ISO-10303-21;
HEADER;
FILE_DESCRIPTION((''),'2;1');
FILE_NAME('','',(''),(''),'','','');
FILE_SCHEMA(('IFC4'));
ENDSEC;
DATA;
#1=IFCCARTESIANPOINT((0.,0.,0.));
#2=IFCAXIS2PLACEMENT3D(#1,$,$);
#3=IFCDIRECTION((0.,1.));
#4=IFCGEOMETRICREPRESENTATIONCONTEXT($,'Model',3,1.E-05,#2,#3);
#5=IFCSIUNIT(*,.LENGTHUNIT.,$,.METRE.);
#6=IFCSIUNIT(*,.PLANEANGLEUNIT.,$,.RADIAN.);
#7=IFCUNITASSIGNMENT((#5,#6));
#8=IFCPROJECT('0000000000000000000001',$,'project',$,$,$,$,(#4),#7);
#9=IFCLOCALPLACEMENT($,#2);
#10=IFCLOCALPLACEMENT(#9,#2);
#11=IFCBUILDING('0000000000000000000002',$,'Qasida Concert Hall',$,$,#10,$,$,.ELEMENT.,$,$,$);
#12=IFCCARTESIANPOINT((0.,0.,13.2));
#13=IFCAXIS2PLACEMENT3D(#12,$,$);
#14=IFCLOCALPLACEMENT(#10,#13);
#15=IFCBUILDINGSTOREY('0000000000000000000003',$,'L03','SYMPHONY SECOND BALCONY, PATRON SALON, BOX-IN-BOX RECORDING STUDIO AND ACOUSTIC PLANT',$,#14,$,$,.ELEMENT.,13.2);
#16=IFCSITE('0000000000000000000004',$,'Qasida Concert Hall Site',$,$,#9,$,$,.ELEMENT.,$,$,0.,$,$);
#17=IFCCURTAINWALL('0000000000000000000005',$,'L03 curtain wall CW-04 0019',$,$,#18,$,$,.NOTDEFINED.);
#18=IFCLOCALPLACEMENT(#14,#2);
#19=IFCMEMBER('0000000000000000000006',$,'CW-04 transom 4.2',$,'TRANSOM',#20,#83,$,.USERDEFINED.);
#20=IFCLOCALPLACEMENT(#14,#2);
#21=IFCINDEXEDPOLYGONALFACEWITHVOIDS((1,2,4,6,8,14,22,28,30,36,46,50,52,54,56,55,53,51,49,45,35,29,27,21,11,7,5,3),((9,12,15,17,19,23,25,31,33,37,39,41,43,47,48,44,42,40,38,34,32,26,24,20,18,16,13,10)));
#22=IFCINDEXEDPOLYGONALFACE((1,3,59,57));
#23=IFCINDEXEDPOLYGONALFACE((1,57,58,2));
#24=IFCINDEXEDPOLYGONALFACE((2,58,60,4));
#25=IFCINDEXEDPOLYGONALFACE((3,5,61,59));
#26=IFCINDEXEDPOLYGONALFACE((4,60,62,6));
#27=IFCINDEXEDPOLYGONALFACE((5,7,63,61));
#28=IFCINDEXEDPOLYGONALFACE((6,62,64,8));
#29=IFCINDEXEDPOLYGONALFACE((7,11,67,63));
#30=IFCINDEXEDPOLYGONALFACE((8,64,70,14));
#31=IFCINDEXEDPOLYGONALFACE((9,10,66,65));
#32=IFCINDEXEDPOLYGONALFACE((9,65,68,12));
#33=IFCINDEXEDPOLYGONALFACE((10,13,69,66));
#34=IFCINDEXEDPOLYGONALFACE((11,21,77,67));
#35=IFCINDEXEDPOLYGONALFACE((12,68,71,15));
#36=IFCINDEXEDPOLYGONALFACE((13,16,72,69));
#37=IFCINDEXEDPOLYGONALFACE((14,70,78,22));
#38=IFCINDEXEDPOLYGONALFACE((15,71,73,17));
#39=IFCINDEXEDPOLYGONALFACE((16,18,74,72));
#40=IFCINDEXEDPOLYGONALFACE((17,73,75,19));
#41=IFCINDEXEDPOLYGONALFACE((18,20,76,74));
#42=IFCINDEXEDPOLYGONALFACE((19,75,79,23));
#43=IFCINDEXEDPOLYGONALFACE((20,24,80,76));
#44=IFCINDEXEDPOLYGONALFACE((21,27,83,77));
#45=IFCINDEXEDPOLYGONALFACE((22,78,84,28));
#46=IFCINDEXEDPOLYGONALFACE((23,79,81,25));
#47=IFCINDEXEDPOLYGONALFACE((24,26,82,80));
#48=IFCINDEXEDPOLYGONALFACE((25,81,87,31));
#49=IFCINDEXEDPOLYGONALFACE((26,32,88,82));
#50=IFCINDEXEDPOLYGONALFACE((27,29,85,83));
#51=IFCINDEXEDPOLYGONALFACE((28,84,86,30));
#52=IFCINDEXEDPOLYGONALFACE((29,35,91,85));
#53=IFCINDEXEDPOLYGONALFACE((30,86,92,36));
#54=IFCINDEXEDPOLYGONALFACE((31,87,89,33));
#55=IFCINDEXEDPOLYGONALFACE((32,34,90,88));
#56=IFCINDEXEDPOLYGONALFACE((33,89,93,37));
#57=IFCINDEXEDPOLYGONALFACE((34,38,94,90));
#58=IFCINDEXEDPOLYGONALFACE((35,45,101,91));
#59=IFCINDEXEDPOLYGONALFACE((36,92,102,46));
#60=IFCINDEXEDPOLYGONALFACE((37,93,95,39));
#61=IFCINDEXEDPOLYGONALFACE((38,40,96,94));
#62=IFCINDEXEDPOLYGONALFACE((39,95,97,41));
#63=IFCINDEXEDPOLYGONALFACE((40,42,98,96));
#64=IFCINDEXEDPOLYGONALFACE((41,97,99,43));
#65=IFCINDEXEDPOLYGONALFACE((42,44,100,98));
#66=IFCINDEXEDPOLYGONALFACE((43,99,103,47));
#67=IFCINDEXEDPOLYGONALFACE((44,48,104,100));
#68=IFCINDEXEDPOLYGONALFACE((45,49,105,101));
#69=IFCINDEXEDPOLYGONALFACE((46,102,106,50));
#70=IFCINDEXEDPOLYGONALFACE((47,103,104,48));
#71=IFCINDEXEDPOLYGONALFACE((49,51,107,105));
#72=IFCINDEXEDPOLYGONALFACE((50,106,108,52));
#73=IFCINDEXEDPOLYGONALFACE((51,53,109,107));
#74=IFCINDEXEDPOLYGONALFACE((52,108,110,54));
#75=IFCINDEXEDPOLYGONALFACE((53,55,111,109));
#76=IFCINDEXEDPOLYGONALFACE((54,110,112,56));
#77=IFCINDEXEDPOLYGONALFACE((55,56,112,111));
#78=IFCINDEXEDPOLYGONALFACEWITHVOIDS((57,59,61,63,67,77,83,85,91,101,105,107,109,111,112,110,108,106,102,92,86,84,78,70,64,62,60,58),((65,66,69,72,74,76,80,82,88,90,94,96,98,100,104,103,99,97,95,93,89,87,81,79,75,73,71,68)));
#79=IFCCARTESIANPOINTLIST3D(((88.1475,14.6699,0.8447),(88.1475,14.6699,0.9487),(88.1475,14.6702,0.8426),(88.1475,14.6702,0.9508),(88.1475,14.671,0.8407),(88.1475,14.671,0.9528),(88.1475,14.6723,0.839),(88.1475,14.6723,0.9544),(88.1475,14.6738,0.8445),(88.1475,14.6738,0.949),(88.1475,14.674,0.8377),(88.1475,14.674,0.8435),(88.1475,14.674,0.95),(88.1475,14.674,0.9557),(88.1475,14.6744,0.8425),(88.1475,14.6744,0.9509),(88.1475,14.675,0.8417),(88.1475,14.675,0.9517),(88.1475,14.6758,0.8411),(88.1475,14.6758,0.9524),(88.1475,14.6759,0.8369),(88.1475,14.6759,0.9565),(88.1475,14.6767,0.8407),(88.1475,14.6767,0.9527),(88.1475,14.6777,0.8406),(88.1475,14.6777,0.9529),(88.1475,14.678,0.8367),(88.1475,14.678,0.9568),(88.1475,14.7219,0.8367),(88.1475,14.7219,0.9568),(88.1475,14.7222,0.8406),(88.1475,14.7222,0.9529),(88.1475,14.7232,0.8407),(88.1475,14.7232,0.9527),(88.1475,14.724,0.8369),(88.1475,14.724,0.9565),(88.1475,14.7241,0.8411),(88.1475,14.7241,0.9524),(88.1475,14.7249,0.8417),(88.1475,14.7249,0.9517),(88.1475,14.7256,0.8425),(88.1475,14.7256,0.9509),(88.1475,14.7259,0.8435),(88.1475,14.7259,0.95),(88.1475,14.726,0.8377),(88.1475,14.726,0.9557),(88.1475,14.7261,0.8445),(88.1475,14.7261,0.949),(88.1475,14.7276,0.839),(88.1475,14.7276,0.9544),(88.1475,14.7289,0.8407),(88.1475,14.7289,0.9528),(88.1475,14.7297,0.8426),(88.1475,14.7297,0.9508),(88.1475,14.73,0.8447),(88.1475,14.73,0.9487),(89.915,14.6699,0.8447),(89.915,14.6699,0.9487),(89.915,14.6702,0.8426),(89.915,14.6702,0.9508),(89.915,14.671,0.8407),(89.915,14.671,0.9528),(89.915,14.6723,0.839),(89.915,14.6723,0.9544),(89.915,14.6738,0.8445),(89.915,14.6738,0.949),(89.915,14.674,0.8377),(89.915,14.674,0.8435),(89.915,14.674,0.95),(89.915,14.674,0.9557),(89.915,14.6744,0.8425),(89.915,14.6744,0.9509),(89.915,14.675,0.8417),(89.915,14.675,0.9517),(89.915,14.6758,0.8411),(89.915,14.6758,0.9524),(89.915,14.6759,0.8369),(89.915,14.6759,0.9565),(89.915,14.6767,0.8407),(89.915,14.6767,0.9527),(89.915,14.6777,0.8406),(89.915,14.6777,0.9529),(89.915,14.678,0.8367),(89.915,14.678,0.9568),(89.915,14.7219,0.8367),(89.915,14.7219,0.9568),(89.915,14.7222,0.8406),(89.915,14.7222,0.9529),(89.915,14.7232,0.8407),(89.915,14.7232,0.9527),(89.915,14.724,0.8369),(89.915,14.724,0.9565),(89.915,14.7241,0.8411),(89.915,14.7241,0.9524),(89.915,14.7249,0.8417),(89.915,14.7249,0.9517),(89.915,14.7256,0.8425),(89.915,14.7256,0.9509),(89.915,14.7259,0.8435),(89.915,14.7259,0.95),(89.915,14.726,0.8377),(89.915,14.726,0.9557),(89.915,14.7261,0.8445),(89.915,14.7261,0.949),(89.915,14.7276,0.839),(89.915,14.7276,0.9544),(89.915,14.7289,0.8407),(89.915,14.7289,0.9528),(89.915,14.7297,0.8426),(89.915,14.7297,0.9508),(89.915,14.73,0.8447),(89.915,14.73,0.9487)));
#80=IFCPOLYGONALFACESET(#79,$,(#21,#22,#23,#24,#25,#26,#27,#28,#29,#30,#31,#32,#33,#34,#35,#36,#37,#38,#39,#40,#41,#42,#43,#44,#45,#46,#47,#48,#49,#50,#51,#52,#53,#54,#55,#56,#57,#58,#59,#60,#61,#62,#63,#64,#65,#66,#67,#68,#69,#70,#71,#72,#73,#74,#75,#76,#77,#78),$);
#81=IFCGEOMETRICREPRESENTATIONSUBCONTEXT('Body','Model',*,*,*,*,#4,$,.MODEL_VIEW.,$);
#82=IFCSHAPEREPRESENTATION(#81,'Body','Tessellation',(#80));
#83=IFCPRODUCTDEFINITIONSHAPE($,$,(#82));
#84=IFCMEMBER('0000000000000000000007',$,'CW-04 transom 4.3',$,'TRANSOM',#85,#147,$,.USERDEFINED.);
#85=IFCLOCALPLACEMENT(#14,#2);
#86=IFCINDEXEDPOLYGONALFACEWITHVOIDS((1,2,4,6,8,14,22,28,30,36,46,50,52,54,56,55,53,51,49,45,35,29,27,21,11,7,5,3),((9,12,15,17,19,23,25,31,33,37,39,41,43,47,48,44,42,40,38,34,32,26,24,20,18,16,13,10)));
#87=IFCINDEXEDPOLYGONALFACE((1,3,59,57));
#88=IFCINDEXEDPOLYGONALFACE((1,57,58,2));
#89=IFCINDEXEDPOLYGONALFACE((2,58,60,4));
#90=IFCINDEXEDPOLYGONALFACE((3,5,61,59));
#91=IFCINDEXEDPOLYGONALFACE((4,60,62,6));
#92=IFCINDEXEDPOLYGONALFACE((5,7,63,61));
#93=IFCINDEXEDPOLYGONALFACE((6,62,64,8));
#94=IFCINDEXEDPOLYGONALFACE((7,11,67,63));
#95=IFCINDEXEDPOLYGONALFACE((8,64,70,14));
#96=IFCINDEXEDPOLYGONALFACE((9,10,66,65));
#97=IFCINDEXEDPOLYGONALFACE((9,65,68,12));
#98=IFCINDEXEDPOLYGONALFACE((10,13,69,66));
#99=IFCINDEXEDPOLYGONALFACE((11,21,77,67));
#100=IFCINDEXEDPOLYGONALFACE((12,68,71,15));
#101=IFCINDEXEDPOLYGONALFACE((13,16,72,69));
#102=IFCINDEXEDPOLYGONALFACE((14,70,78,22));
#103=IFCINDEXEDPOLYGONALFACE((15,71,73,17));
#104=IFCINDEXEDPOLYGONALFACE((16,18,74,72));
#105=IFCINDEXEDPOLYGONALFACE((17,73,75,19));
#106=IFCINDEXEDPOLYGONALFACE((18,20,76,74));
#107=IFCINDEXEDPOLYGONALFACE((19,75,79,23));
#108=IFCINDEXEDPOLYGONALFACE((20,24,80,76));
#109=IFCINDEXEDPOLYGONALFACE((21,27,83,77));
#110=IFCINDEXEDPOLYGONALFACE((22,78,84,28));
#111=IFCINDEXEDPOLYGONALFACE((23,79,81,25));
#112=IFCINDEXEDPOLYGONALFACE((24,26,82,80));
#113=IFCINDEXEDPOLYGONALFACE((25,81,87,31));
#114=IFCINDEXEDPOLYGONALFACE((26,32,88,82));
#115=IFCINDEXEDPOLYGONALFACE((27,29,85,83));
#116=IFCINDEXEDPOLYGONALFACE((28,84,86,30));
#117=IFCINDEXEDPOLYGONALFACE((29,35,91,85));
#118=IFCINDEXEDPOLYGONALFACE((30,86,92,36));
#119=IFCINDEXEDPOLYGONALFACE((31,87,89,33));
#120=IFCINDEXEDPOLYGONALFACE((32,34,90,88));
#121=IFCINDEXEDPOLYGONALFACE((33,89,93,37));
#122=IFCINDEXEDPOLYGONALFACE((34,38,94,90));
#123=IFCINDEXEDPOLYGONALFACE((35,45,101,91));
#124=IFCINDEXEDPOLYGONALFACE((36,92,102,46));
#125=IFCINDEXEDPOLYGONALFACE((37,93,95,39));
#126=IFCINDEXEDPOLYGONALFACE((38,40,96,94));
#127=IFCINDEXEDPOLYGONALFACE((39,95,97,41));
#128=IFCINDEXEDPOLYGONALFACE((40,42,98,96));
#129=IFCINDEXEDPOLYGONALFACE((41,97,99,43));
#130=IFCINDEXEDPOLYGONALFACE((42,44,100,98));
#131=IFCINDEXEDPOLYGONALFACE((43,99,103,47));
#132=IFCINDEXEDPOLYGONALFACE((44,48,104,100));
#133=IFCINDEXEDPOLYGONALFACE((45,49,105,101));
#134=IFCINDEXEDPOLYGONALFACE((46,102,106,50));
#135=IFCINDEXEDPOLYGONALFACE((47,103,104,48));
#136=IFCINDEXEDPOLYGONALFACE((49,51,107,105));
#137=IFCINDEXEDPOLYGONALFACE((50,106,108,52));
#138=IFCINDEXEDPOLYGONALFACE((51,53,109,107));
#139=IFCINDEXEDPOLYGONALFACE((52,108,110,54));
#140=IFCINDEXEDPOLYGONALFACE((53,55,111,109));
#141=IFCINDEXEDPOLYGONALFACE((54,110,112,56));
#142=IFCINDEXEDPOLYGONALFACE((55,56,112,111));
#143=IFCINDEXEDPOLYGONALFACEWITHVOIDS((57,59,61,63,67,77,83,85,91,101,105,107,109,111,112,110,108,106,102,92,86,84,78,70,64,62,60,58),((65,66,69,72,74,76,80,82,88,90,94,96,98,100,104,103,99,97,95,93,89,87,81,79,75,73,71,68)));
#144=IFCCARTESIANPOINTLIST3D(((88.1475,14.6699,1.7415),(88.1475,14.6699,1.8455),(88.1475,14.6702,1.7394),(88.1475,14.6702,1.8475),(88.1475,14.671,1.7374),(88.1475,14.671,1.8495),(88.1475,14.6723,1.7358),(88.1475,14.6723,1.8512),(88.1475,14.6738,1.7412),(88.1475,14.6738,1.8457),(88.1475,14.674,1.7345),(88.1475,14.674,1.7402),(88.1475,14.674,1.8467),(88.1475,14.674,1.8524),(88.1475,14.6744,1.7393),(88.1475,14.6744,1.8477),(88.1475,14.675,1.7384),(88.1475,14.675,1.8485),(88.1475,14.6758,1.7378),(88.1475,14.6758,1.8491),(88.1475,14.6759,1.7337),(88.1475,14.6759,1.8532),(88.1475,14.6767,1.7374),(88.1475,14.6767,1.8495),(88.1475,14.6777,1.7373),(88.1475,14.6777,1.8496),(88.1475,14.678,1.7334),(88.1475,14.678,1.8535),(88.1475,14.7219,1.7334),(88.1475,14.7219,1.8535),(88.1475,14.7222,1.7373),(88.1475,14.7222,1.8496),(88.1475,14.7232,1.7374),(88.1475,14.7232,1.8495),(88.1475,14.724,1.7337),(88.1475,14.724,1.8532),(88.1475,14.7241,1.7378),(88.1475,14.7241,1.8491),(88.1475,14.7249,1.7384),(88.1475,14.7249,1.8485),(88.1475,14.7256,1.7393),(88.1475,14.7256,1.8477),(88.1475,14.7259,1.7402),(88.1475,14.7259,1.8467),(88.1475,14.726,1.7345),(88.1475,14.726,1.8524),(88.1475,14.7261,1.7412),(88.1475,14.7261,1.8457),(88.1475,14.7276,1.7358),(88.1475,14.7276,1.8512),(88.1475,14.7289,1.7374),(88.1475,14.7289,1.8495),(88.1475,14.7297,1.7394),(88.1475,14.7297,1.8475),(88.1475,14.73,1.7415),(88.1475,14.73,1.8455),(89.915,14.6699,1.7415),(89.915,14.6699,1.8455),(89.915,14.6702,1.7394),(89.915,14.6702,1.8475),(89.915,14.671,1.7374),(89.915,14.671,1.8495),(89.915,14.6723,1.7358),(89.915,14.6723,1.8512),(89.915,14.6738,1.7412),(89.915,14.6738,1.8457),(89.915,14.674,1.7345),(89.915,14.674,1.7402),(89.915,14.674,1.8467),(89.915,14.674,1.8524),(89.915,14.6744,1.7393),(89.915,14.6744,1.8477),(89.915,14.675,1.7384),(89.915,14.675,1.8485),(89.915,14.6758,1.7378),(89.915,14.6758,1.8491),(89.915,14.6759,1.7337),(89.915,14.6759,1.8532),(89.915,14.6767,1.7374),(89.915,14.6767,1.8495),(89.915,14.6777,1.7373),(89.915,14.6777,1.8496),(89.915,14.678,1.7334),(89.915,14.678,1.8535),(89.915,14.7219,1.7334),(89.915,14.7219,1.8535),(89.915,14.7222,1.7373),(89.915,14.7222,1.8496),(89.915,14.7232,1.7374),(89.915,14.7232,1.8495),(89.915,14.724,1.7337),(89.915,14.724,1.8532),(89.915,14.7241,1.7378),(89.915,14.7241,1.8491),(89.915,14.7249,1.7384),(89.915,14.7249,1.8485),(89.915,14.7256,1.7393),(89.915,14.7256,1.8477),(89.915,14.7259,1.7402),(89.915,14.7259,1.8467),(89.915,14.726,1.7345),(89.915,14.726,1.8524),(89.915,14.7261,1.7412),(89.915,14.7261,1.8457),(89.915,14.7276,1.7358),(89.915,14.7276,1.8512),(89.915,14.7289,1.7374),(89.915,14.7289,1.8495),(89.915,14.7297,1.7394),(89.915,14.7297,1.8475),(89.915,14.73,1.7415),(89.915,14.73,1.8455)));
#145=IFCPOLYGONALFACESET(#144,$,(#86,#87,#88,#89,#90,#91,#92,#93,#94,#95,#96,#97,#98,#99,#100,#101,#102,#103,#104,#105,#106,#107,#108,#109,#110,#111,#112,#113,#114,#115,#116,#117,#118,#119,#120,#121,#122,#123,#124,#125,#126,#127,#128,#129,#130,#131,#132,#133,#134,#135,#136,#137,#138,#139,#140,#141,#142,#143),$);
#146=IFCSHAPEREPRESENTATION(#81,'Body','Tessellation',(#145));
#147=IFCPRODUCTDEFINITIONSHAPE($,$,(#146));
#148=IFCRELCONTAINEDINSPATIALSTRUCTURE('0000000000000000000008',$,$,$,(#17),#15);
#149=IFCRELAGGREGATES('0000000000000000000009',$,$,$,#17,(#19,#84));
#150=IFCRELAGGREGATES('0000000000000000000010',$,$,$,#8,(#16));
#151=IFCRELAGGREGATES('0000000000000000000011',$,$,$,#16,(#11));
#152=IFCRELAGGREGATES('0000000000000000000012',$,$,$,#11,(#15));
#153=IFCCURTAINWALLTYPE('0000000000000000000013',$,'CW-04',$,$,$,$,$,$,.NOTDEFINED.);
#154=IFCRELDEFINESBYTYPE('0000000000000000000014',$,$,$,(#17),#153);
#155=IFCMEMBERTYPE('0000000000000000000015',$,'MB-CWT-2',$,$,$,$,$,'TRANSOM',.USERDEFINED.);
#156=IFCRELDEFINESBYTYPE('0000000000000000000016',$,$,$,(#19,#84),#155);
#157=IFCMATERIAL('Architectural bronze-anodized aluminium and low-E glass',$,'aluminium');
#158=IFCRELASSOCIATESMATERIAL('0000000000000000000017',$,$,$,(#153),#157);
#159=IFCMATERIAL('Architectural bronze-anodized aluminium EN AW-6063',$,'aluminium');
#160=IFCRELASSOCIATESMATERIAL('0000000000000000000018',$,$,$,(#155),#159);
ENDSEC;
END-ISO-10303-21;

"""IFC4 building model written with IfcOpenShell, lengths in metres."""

from ifc_helpers import new_model, si_unit, direction, frame, origin, origin_2d, place, context, subcontext, project, spatial, hollow_rectangle, extrude, material, material_profile, profile_set, type_object, element, aggregate, save


model = new_model("IFC4")

# Units and contexts
model_context = context("Model", 3, precision=1e-05, world=origin(), true_north=direction((0.0, 1.0)))
body_context = subcontext(model_context, "Body", "Model", "MODEL_VIEW")
ifc_project = project(units=[si_unit("LENGTHUNIT", "METRE"), si_unit("PLANEANGLEUNIT", "RADIAN")], contexts=[model_context])

# Site, building, storey
site_placement = place(None, origin())
site = spatial("IfcSite", under=ifc_project, at=site_placement, Name="Qasida Concert Hall Site", CompositionType="ELEMENT", RefElevation=0.0)
building_placement = place(site_placement, origin())
building = spatial("IfcBuilding", under=site, at=building_placement, Name="Qasida Concert Hall", CompositionType="ELEMENT")
storey_placement = place(building_placement, frame((0.0, 0.0, 13.2)))
storey = spatial("IfcBuildingStorey", under=building, at=storey_placement, Name="L03", Description="SYMPHONY SECOND BALCONY, PATRON SALON, BOX-IN-BOX RECORDING STUDIO AND ACOUSTIC PLANT", CompositionType="ELEMENT", Elevation=13.2)

# Curtain wall, members
ifc_material_1 = material(Name="Architectural bronze-anodized aluminium and low-E glass", Category="aluminium")
curtain_wall_type = type_object("IfcCurtainWallType", Name="CW-04", PredefinedType="NOTDEFINED", material=ifc_material_1)
curtain_wall_placement = place(storey_placement, origin())
curtain_wall = element("IfcCurtainWall", 1, at=curtain_wall_placement, inside=storey, type_object=curtain_wall_type, Name="L03 curtain wall CW-04 0019", PredefinedType="NOTDEFINED")
ifc_material_2 = material(Name="Architectural bronze-anodized aluminium EN AW-6063", Category="aluminium")
ifc_material_profile_1 = material_profile(ifc_material_2, hollow_rectangle(XDim=0.0601, YDim=0.1201, WallThickness=0.0039, InnerFilletRadius=0.0039, OuterFilletRadius=0.0081, at=origin_2d()), Name="CWT 120x60x4")
ifc_profile_set_1 = profile_set([ifc_material_profile_1], Name="Architectural bronze-anodized aluminium EN AW-6063")
member_type_1 = type_object("IfcMemberType", Name="MB-CWT-2", ElementType="TRANSOM", PredefinedType="USERDEFINED", material=ifc_profile_set_1)
member_1_placement = place(storey_placement, frame((88.1475, 14.7, 0.8967), z_axis=(1.0, 0.0, 0.0), x_axis=(0.0, 1.0, 0.0)))
member_1 = element("IfcMember", 2, at=member_1_placement, type_object=member_type_1, Name="CW-04 transom 4.2", ObjectType="TRANSOM", PredefinedType="USERDEFINED", context=body_context, shape_type="SweptSolid", body=[
    extrude(hollow_rectangle(XDim=0.0601, YDim=0.1201, WallThickness=0.0039, InnerFilletRadius=0.0039, OuterFilletRadius=0.0081, at=origin_2d()), origin(), (0.0, 0.0, 1.0), 1.7676),
])
member_2_placement = place(storey_placement, frame((88.1475, 14.7, 1.7935), z_axis=(1.0, 0.0, 0.0), x_axis=(0.0, 1.0, 0.0)))
member_2 = element("IfcMember", 3, at=member_2_placement, type_object=member_type_1, Name="CW-04 transom 4.3", ObjectType="TRANSOM", PredefinedType="USERDEFINED", context=body_context, shape_type="SweptSolid", body=[
    extrude(hollow_rectangle(XDim=0.0601, YDim=0.1201, WallThickness=0.0039, InnerFilletRadius=0.0039, OuterFilletRadius=0.0081, at=origin_2d()), origin(), (0.0, 0.0, 1.0), 1.7676),
])
aggregate(curtain_wall, [member_1, member_2])

save(model, "model.ifc")
